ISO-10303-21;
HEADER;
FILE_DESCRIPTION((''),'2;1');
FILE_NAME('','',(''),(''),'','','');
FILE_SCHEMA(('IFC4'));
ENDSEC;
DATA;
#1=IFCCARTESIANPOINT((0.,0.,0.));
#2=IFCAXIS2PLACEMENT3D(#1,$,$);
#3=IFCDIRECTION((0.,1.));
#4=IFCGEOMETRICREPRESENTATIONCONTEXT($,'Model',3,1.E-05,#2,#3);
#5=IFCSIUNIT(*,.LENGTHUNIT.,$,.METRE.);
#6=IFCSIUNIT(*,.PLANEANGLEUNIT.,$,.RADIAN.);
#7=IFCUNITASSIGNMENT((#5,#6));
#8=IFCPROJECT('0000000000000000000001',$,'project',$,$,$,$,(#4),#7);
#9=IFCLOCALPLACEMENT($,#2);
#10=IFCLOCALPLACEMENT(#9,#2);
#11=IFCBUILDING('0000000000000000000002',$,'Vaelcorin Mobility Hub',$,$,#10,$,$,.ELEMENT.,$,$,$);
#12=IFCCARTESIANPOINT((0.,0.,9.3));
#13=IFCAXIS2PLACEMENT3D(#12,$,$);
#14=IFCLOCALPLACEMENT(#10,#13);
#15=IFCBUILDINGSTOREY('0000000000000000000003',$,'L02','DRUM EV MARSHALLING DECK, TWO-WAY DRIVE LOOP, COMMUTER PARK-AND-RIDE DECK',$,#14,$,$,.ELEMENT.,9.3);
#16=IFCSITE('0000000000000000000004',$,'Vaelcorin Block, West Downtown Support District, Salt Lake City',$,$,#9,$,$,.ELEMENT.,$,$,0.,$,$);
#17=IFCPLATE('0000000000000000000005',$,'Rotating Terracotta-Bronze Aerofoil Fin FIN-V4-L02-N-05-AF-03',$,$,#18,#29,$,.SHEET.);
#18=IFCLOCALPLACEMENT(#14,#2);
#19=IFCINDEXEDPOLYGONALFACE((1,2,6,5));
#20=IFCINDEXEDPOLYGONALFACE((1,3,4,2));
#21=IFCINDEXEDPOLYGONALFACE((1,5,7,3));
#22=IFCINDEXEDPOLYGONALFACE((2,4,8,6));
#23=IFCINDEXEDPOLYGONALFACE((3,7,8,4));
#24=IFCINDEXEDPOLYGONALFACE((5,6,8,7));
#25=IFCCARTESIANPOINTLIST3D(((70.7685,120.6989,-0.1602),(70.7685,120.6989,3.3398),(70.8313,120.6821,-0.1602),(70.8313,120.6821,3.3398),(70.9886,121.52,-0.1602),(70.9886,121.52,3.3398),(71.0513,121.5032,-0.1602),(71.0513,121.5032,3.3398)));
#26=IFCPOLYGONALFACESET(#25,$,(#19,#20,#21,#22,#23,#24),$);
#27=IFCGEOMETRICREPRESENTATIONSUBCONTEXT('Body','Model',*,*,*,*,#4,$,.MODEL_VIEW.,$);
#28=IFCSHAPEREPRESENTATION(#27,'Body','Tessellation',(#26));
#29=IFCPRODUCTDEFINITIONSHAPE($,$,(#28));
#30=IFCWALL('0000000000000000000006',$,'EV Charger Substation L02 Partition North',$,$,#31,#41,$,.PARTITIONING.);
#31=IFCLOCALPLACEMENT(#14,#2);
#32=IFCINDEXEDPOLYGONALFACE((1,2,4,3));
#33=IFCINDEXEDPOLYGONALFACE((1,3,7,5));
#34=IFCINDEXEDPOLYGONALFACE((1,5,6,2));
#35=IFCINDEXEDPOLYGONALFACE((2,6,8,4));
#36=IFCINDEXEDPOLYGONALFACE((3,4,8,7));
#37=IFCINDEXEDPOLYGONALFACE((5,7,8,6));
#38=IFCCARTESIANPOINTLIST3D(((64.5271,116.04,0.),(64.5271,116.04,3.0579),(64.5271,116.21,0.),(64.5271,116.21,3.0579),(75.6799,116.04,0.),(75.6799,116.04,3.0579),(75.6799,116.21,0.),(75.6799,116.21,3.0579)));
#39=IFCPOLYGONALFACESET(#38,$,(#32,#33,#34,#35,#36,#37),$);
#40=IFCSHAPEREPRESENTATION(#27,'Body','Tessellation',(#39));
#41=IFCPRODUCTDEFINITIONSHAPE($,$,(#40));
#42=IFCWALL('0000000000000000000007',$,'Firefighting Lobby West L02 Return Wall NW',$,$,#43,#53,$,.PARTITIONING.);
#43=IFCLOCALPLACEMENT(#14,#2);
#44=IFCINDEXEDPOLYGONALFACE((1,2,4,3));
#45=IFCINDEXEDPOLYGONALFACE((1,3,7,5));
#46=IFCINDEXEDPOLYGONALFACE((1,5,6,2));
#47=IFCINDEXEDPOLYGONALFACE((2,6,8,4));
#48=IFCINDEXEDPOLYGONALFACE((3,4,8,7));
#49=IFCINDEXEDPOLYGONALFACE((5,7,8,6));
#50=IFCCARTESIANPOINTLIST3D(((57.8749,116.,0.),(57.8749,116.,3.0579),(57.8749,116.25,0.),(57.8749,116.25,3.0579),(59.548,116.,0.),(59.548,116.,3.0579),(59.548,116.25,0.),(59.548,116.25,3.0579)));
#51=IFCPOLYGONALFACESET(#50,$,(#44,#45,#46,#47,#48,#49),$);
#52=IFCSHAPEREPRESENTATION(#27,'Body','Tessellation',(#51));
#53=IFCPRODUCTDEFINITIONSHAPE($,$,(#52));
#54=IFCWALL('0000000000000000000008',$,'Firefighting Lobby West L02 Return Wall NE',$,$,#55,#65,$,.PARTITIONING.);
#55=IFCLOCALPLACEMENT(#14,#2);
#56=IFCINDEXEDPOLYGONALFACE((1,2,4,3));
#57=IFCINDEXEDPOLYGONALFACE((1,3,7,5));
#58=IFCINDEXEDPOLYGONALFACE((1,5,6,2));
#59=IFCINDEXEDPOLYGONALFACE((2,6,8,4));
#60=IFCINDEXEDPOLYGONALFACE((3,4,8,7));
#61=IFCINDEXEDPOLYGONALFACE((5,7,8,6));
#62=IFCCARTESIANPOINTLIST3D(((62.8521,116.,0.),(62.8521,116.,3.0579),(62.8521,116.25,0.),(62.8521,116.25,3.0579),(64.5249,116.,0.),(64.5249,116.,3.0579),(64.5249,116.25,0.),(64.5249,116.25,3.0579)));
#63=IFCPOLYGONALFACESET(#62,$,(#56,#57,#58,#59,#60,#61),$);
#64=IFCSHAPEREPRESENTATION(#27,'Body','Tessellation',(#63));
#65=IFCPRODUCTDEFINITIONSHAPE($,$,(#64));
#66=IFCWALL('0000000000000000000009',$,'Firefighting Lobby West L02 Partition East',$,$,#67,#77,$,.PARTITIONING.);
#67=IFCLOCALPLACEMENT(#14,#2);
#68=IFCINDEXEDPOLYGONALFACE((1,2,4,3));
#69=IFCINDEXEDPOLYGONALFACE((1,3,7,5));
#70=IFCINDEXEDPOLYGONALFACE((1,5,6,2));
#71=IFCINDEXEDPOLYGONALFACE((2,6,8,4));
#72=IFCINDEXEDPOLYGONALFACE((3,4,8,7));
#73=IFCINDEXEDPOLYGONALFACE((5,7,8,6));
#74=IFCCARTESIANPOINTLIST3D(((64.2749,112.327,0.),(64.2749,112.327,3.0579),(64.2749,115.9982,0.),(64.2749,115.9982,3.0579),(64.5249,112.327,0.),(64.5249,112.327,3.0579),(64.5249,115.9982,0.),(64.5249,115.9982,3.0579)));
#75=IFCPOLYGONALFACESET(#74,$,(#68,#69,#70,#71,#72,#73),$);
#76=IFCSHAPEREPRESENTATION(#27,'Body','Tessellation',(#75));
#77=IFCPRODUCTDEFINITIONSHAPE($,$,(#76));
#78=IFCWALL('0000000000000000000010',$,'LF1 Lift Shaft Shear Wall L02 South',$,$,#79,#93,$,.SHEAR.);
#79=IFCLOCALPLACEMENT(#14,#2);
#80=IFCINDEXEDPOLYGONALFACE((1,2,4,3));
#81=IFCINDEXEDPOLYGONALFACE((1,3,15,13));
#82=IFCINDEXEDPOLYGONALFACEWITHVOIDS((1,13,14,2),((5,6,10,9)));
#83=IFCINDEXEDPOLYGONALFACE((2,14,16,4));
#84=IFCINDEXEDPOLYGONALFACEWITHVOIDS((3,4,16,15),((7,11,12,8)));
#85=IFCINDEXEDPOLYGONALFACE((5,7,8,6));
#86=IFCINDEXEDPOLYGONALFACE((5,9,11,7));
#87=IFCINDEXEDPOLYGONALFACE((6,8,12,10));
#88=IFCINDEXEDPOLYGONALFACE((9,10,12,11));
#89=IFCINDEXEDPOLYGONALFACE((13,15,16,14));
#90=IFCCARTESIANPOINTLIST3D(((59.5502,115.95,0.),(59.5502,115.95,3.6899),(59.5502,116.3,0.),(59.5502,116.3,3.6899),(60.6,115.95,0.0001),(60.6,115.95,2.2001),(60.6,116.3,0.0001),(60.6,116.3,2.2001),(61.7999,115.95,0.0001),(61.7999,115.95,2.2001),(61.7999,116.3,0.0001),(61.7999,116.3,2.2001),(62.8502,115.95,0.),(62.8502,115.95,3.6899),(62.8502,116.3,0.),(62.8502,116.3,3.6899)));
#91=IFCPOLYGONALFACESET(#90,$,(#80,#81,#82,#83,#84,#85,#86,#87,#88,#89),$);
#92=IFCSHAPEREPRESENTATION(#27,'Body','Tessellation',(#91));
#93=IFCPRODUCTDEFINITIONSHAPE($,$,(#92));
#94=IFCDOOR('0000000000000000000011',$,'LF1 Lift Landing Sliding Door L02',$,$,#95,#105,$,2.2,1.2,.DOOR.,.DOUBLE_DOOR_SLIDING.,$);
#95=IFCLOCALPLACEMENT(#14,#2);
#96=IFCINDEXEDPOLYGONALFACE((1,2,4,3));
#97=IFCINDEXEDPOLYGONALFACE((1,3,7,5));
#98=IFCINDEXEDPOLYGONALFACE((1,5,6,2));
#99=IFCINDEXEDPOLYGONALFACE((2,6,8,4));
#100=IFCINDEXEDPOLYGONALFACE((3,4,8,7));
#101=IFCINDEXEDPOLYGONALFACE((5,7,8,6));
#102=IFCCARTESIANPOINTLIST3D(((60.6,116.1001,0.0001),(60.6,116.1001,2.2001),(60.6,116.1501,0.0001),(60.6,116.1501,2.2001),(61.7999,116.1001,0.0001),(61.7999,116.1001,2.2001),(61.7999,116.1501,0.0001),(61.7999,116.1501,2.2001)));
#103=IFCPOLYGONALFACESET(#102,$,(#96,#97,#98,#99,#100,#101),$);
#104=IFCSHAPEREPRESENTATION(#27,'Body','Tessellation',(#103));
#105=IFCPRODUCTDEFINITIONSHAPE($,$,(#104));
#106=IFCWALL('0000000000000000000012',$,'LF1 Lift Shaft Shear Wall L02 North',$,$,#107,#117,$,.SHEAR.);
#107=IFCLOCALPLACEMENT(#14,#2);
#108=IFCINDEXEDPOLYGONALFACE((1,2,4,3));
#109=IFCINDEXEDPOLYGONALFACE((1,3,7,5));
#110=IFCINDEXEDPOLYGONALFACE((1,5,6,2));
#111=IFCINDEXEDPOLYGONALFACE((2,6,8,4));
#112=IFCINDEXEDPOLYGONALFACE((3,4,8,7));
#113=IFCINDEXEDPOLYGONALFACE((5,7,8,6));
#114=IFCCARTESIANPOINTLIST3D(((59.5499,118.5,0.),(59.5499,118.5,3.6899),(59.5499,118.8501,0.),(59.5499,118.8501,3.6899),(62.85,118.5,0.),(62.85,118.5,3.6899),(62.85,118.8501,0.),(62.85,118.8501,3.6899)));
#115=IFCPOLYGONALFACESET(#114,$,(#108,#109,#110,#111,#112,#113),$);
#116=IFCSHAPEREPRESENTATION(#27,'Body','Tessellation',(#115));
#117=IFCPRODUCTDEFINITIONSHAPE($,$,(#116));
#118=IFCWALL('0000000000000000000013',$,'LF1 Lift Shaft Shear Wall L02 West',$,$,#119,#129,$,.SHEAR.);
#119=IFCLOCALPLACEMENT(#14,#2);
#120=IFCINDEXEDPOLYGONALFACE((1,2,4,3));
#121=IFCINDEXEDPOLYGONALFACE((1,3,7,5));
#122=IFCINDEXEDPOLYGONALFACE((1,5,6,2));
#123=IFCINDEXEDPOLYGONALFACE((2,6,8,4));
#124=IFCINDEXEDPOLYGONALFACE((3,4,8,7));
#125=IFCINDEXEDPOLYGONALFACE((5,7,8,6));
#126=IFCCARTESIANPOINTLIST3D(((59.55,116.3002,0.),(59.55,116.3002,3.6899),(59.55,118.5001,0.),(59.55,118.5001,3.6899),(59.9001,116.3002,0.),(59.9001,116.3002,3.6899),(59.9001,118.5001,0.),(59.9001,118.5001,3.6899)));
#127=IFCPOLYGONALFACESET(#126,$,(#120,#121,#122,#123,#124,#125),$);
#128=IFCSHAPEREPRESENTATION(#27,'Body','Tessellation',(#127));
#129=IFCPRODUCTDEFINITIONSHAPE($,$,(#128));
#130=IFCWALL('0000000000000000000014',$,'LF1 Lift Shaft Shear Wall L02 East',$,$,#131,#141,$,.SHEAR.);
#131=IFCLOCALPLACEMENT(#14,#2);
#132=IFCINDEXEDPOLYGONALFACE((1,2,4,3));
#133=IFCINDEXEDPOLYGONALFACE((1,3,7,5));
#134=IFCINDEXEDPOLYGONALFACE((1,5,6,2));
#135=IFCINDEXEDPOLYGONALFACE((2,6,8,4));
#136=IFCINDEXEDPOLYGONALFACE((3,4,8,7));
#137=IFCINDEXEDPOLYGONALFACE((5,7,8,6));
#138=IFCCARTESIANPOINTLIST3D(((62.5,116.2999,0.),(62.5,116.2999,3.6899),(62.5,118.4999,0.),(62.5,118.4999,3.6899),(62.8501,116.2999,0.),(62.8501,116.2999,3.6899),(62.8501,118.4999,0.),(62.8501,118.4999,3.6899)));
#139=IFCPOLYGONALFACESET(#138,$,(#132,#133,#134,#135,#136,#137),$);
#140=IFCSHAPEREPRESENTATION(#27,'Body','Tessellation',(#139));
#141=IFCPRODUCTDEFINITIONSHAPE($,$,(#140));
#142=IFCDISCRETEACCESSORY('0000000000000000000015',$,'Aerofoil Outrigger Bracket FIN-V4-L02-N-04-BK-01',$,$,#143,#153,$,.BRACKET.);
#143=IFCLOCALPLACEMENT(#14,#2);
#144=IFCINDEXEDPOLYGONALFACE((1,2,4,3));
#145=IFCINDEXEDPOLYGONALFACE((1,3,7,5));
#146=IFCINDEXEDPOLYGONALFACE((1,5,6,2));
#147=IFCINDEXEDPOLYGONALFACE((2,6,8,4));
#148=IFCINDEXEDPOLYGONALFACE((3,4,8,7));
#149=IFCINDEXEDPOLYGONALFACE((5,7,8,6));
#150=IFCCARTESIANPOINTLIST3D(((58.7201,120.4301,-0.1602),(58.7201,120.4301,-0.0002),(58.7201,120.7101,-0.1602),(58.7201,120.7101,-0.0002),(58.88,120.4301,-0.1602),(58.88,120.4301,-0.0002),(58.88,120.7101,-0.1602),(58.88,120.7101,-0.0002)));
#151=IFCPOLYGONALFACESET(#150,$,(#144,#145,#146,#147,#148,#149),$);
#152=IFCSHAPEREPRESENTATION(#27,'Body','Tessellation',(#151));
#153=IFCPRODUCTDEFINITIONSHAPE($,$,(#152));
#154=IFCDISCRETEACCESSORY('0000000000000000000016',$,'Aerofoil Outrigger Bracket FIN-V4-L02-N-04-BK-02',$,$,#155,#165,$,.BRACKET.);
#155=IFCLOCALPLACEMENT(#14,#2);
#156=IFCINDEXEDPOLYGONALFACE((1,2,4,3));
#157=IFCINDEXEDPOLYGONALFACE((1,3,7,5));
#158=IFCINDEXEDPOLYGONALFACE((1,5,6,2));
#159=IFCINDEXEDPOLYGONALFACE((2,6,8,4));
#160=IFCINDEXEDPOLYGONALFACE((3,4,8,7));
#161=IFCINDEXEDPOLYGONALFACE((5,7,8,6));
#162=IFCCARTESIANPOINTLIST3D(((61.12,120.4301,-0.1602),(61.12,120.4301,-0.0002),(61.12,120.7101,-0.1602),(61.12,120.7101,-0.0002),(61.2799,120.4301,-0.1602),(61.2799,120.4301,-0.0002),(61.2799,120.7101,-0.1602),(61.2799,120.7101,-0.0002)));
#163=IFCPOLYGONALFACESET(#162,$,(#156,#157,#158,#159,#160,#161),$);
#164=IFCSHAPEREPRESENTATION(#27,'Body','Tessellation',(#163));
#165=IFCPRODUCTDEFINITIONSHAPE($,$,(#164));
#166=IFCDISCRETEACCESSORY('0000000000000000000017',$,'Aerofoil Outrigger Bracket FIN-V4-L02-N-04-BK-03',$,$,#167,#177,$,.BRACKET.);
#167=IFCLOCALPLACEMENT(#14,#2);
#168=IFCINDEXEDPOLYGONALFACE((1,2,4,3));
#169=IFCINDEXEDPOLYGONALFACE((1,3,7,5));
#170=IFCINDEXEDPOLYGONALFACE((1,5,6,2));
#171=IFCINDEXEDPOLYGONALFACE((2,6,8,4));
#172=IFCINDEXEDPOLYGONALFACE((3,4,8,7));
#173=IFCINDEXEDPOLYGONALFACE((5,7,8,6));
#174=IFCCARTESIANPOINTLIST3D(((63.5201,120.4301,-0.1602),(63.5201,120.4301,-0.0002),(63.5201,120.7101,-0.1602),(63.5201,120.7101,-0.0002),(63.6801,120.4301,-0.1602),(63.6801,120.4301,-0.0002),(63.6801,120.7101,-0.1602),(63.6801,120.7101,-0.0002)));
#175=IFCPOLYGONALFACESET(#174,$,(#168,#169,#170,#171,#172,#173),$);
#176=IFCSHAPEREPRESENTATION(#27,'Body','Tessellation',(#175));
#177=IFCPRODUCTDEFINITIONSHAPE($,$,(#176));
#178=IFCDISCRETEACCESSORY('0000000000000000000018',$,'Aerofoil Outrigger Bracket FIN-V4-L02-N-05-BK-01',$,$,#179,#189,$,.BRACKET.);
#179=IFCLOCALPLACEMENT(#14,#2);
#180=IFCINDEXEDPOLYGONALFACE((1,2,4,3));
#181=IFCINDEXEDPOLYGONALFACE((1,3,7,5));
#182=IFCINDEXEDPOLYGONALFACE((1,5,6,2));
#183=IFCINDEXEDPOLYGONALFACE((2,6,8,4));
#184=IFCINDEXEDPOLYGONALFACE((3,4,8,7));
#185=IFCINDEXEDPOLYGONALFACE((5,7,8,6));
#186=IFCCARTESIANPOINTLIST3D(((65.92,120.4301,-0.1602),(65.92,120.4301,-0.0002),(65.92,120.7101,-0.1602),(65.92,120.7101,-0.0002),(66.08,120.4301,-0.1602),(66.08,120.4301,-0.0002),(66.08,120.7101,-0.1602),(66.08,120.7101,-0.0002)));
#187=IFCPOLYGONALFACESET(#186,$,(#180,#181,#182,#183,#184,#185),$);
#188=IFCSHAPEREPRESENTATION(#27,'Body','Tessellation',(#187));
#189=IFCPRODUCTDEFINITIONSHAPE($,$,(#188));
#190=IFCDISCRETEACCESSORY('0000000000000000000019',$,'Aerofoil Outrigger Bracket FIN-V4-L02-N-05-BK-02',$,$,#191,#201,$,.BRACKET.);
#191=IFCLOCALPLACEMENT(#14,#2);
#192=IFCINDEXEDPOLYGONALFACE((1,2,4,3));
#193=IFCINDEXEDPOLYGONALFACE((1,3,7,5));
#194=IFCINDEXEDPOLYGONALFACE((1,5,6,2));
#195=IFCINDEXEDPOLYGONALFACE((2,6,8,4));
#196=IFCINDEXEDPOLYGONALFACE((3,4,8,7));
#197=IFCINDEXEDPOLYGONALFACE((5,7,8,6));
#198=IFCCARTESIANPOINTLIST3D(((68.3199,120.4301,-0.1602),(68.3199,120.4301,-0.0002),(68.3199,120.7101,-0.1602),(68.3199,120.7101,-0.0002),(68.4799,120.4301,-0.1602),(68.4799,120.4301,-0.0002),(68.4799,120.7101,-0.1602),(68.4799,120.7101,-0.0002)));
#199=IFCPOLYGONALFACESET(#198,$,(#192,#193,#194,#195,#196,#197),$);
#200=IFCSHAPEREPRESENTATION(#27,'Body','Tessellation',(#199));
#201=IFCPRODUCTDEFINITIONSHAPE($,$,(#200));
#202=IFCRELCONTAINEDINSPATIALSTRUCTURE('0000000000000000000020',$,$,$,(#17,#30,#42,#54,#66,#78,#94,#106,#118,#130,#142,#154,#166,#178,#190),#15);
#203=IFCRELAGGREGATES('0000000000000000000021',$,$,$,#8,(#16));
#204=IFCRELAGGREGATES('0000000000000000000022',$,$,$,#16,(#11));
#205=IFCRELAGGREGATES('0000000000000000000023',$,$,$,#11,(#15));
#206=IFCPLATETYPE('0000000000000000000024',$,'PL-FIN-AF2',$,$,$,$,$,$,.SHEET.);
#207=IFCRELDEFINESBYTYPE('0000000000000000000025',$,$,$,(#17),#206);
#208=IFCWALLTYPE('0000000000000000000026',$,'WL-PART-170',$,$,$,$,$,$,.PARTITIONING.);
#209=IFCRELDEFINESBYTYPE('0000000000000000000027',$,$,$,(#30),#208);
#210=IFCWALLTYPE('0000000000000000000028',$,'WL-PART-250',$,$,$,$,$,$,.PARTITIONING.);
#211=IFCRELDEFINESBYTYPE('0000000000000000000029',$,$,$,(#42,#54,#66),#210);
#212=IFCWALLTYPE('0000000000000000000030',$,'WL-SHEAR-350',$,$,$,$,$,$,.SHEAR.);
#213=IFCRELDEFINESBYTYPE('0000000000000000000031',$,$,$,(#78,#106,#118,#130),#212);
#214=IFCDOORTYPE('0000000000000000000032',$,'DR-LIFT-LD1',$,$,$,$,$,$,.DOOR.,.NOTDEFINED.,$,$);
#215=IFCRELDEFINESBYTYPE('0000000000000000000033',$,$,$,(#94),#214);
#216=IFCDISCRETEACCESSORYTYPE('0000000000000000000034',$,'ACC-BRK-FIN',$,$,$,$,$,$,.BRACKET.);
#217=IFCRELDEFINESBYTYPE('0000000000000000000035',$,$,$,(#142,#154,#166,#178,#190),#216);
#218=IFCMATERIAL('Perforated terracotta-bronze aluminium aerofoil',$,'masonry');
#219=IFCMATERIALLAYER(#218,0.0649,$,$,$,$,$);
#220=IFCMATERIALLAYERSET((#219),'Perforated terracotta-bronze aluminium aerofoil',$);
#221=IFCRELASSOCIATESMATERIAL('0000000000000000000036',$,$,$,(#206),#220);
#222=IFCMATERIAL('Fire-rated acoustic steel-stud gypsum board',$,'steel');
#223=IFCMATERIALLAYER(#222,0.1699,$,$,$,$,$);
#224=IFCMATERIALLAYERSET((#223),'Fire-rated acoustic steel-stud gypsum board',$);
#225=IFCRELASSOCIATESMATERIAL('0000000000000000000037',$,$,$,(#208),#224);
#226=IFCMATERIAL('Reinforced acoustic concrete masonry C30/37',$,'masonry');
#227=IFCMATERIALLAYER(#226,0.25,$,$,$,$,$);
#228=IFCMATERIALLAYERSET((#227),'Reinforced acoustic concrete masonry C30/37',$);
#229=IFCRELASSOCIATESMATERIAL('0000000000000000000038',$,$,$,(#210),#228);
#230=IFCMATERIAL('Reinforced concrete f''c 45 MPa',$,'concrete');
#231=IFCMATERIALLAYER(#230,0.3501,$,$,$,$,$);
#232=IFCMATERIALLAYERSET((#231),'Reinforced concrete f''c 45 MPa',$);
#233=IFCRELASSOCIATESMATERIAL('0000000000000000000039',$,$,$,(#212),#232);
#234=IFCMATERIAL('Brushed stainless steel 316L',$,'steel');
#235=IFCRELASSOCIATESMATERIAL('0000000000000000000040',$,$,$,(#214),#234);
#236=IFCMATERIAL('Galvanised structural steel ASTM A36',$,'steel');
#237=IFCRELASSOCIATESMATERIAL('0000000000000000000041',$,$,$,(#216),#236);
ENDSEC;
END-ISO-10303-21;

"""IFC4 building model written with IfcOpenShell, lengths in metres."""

from ifc_helpers import new_model, si_unit, direction, frame, frame_2d, origin, origin_2d, place, context, subcontext, project, spatial, rectangle, extrude, material, layer, layer_set, type_object, element, fill, save


model = new_model("IFC4")

# Units and contexts
model_context = context("Model", 3, precision=1e-05, world=origin(), true_north=direction((0.0, 1.0)))
body_context = subcontext(model_context, "Body", "Model", "MODEL_VIEW")
ifc_project = project(units=[si_unit("LENGTHUNIT", "METRE"), si_unit("PLANEANGLEUNIT", "RADIAN")], contexts=[model_context])

# Site, building, storey
site_placement = place(None, origin())
site = spatial("IfcSite", under=ifc_project, at=site_placement, Name="Vaelcorin Block, West Downtown Support District, Salt Lake City", CompositionType="ELEMENT", RefElevation=0.0)
building_placement = place(site_placement, origin())
building = spatial("IfcBuilding", under=site, at=building_placement, Name="Vaelcorin Mobility Hub", CompositionType="ELEMENT")
storey_placement = place(building_placement, frame((0.0, 0.0, 9.3)))
storey = spatial("IfcBuildingStorey", under=building, at=storey_placement, Name="L02", Description="DRUM EV MARSHALLING DECK, TWO-WAY DRIVE LOOP, COMMUTER PARK-AND-RIDE DECK", CompositionType="ELEMENT", Elevation=9.3)

# Plate
ifc_material_1 = material(Name="Perforated terracotta-bronze aluminium aerofoil", Category="masonry")
ifc_layer_1 = layer(ifc_material_1, 0.0649)
ifc_layer_set_1 = layer_set([ifc_layer_1], Name="Perforated terracotta-bronze aluminium aerofoil")
plate_type = type_object("IfcPlateType", Name="PL-FIN-AF2", PredefinedType="SHEET", material=ifc_layer_set_1)
for number, where, z_axis, x_axis, name in (
    (1, (70.9099, 121.1011, -0.1602), (0.0, 0.0, 1.0), (0.258819, 0.965926, 0.0), "Rotating Terracotta-Bronze Aerofoil Fin FIN-V4-L02-N-05-AF-03"),
):
    element("IfcPlate", number, at=place(storey_placement, frame(where, z_axis=z_axis, x_axis=x_axis)), inside=storey, type_object=plate_type, Name=name, PredefinedType="SHEET", context=body_context, shape_type="SweptSolid", body=[
        extrude(rectangle(XDim=0.8501, YDim=0.0649, at=origin_2d()), origin(), (0.0, 0.0, 1.0), 3.5),
    ])

# Walls
ifc_material_2 = material(Name="Fire-rated acoustic steel-stud gypsum board", Category="steel")
ifc_layer_2 = layer(ifc_material_2, 0.1699)
ifc_layer_set_2 = layer_set([ifc_layer_2], Name="Fire-rated acoustic steel-stud gypsum board")
wall_type_1 = type_object("IfcWallType", Name="WL-PART-170", PredefinedType="PARTITIONING", material=ifc_layer_set_2)
wall_1_placement = place(storey_placement, frame((64.5271, 116.125, 0.0), z_axis=(0.0, 0.0, 1.0), x_axis=(1.0, 0.0, 0.0)))
element("IfcWall", 2, at=wall_1_placement, inside=storey, type_object=wall_type_1, Name="EV Charger Substation L02 Partition North", PredefinedType="PARTITIONING", context=body_context, shape_type="SweptSolid", body=[
    extrude(rectangle(XDim=11.1528, YDim=0.1699, at=frame_2d((5.5764, 0.0))), origin(), (0.0, 0.0, 1.0), 3.0579),
])
ifc_material_3 = material(Name="Reinforced acoustic concrete masonry C30/37", Category="masonry")
ifc_layer_3 = layer(ifc_material_3, 0.25)
ifc_layer_set_3 = layer_set([ifc_layer_3], Name="Reinforced acoustic concrete masonry C30/37")
wall_type_2 = type_object("IfcWallType", Name="WL-PART-250", PredefinedType="PARTITIONING", material=ifc_layer_set_3)
wall_2_placement = place(storey_placement, frame((57.875, 116.125, 0.0), z_axis=(0.0, 0.0, 1.0), x_axis=(1.0, 0.0, 0.0)))
element("IfcWall", 3, at=wall_2_placement, inside=storey, type_object=wall_type_2, Name="Firefighting Lobby West L02 Return Wall NW", PredefinedType="PARTITIONING", context=body_context, shape_type="SweptSolid", body=[
    extrude(rectangle(XDim=1.6731, YDim=0.25, at=frame_2d((0.8364, 0.0))), origin(), (0.0, 0.0, 1.0), 3.0579),
])
wall_3_placement = place(storey_placement, frame((62.8521, 116.125, 0.0), z_axis=(0.0, 0.0, 1.0), x_axis=(1.0, 0.0, 0.0)))
element("IfcWall", 4, at=wall_3_placement, inside=storey, type_object=wall_type_2, Name="Firefighting Lobby West L02 Return Wall NE", PredefinedType="PARTITIONING", context=body_context, shape_type="SweptSolid", body=[
    extrude(rectangle(XDim=1.6729, YDim=0.25, at=frame_2d((0.8364, 0.0))), origin(), (0.0, 0.0, 1.0), 3.0579),
])
wall_4_placement = place(storey_placement, frame((64.3999, 115.998, 0.0), z_axis=(0.0, 0.0, 1.0), x_axis=(0.0, -1.0, 0.0)))
element("IfcWall", 5, at=wall_4_placement, inside=storey, type_object=wall_type_2, Name="Firefighting Lobby West L02 Partition East", PredefinedType="PARTITIONING", context=body_context, shape_type="SweptSolid", body=[
    extrude(rectangle(XDim=3.6711, YDim=0.25, at=frame_2d((1.8354, 0.0))), origin(), (0.0, 0.0, 1.0), 3.0579),
])

# Wall, opening, door
ifc_material_4 = material(Name="Reinforced concrete f'c 45 MPa", Category="concrete")
ifc_layer_4 = layer(ifc_material_4, 0.3501)
ifc_layer_set_4 = layer_set([ifc_layer_4], Name="Reinforced concrete f'c 45 MPa")
wall_type_3 = type_object("IfcWallType", Name="WL-SHEAR-350", PredefinedType="SHEAR", material=ifc_layer_set_4)
wall_5_placement = place(storey_placement, frame((62.8501, 116.125, 0.0), z_axis=(0.0, 0.0, 1.0), x_axis=(-1.0, 0.0, 0.0)))
wall_5 = element("IfcWall", 6, at=wall_5_placement, inside=storey, type_object=wall_type_3, Name="LF1 Lift Shaft Shear Wall L02 South", PredefinedType="SHEAR", context=body_context, shape_type="SweptSolid", body=[
    extrude(rectangle(XDim=3.3, YDim=0.3501, at=frame_2d((1.6499, 0.0))), origin(), (0.0, 0.0, 1.0), 3.6899),
])
opening_placement = place(wall_5_placement, frame((1.05, 0.0, 0.0)))
opening = element("IfcOpeningElement", 7, at=opening_placement, cuts=wall_5, PredefinedType="OPENING", context=body_context, shape_type="SweptSolid", body=[
    extrude(rectangle(XDim=1.2, YDim=2.2, at=frame_2d((0.6001, 1.1001))), frame((0.0, 0.1851, 0.0), z_axis=(0.0, -1.0, 0.0), x_axis=(1.0, 0.0, 0.0)), (0.0, 0.0, 1.0), 0.3701),
])
ifc_material_5 = material(Name="Brushed stainless steel 316L", Category="steel")
door_type = type_object("IfcDoorType", Name="DR-LIFT-LD1", OperationType="NOTDEFINED", PredefinedType="DOOR", material=ifc_material_5)
door_placement = place(opening_placement, origin())
door = element("IfcDoor", 8, at=door_placement, inside=storey, type_object=door_type, Name="LF1 Lift Landing Sliding Door L02", OperationType="DOUBLE_DOOR_SLIDING", OverallHeight=2.2, OverallWidth=1.2, PredefinedType="DOOR", context=body_context, shape_type="SweptSolid", body=[
    extrude(rectangle(XDim=1.2, YDim=2.2, at=frame_2d((0.6001, 1.1001))), frame((0.0, 0.0249, 0.0), z_axis=(0.0, -1.0, 0.0), x_axis=(1.0, 0.0, 0.0)), (0.0, 0.0, 1.0), 0.05),
])
fill(opening, door)

# Walls
wall_6_placement = place(storey_placement, frame((59.55, 118.675, 0.0), z_axis=(0.0, 0.0, 1.0), x_axis=(1.0, 0.0, 0.0)))
element("IfcWall", 9, at=wall_6_placement, inside=storey, type_object=wall_type_3, Name="LF1 Lift Shaft Shear Wall L02 North", PredefinedType="SHEAR", context=body_context, shape_type="SweptSolid", body=[
    extrude(rectangle(XDim=3.3, YDim=0.3501, at=frame_2d((1.6499, 0.0))), origin(), (0.0, 0.0, 1.0), 3.6899),
])
for number, where, z_axis, x_axis, name in (
    (10, (59.7251, 116.3, 0.0), (0.0, 0.0, 1.0), (0.0, 1.0, 0.0), "LF1 Lift Shaft Shear Wall L02 West"),
    (11, (62.675, 118.5, 0.0), (0.0, 0.0, 1.0), (0.0, -1.0, 0.0), "LF1 Lift Shaft Shear Wall L02 East"),
):
    element("IfcWall", number, at=place(storey_placement, frame(where, z_axis=z_axis, x_axis=x_axis)), inside=storey, type_object=wall_type_3, Name=name, PredefinedType="SHEAR", context=body_context, shape_type="SweptSolid", body=[
        extrude(rectangle(XDim=2.2, YDim=0.3501, at=frame_2d((1.1001, 0.0))), origin(), (0.0, 0.0, 1.0), 3.6899),
    ])

# Shared definitions
ifc_material_6 = material(Name="Galvanised structural steel ASTM A36", Category="steel")

# Discrete accessories
discrete_accessory_type = type_object("IfcDiscreteAccessoryType", Name="ACC-BRK-FIN", PredefinedType="BRACKET", material=ifc_material_6)
for number, where, z_axis, x_axis, name in (
    (12, (58.8, 120.5701, -0.1602), (0.0, 0.0, 1.0), (0.0, 1.0, 0.0), "Aerofoil Outrigger Bracket FIN-V4-L02-N-04-BK-01"),
    (13, (61.2, 120.5701, -0.1602), (0.0, 0.0, 1.0), (0.0, 1.0, 0.0), "Aerofoil Outrigger Bracket FIN-V4-L02-N-04-BK-02"),
    (14, (63.6001, 120.5701, -0.1602), (0.0, 0.0, 1.0), (0.0, 1.0, 0.0), "Aerofoil Outrigger Bracket FIN-V4-L02-N-04-BK-03"),
    (15, (66.0, 120.5701, -0.1602), (0.0, 0.0, 1.0), (0.0, 1.0, 0.0), "Aerofoil Outrigger Bracket FIN-V4-L02-N-05-BK-01"),
    (16, (68.3999, 120.5701, -0.1602), (0.0, 0.0, 1.0), (0.0, 1.0, 0.0), "Aerofoil Outrigger Bracket FIN-V4-L02-N-05-BK-02"),
):
    element("IfcDiscreteAccessory", number, at=place(storey_placement, frame(where, z_axis=z_axis, x_axis=x_axis)), inside=storey, type_object=discrete_accessory_type, Name=name, PredefinedType="BRACKET", context=body_context, shape_type="SweptSolid", body=[
        extrude(rectangle(XDim=0.28, YDim=0.1599, at=origin_2d()), origin(), (0.0, 0.0, 1.0), 0.1599),
    ])

save(model, "model.ifc")
